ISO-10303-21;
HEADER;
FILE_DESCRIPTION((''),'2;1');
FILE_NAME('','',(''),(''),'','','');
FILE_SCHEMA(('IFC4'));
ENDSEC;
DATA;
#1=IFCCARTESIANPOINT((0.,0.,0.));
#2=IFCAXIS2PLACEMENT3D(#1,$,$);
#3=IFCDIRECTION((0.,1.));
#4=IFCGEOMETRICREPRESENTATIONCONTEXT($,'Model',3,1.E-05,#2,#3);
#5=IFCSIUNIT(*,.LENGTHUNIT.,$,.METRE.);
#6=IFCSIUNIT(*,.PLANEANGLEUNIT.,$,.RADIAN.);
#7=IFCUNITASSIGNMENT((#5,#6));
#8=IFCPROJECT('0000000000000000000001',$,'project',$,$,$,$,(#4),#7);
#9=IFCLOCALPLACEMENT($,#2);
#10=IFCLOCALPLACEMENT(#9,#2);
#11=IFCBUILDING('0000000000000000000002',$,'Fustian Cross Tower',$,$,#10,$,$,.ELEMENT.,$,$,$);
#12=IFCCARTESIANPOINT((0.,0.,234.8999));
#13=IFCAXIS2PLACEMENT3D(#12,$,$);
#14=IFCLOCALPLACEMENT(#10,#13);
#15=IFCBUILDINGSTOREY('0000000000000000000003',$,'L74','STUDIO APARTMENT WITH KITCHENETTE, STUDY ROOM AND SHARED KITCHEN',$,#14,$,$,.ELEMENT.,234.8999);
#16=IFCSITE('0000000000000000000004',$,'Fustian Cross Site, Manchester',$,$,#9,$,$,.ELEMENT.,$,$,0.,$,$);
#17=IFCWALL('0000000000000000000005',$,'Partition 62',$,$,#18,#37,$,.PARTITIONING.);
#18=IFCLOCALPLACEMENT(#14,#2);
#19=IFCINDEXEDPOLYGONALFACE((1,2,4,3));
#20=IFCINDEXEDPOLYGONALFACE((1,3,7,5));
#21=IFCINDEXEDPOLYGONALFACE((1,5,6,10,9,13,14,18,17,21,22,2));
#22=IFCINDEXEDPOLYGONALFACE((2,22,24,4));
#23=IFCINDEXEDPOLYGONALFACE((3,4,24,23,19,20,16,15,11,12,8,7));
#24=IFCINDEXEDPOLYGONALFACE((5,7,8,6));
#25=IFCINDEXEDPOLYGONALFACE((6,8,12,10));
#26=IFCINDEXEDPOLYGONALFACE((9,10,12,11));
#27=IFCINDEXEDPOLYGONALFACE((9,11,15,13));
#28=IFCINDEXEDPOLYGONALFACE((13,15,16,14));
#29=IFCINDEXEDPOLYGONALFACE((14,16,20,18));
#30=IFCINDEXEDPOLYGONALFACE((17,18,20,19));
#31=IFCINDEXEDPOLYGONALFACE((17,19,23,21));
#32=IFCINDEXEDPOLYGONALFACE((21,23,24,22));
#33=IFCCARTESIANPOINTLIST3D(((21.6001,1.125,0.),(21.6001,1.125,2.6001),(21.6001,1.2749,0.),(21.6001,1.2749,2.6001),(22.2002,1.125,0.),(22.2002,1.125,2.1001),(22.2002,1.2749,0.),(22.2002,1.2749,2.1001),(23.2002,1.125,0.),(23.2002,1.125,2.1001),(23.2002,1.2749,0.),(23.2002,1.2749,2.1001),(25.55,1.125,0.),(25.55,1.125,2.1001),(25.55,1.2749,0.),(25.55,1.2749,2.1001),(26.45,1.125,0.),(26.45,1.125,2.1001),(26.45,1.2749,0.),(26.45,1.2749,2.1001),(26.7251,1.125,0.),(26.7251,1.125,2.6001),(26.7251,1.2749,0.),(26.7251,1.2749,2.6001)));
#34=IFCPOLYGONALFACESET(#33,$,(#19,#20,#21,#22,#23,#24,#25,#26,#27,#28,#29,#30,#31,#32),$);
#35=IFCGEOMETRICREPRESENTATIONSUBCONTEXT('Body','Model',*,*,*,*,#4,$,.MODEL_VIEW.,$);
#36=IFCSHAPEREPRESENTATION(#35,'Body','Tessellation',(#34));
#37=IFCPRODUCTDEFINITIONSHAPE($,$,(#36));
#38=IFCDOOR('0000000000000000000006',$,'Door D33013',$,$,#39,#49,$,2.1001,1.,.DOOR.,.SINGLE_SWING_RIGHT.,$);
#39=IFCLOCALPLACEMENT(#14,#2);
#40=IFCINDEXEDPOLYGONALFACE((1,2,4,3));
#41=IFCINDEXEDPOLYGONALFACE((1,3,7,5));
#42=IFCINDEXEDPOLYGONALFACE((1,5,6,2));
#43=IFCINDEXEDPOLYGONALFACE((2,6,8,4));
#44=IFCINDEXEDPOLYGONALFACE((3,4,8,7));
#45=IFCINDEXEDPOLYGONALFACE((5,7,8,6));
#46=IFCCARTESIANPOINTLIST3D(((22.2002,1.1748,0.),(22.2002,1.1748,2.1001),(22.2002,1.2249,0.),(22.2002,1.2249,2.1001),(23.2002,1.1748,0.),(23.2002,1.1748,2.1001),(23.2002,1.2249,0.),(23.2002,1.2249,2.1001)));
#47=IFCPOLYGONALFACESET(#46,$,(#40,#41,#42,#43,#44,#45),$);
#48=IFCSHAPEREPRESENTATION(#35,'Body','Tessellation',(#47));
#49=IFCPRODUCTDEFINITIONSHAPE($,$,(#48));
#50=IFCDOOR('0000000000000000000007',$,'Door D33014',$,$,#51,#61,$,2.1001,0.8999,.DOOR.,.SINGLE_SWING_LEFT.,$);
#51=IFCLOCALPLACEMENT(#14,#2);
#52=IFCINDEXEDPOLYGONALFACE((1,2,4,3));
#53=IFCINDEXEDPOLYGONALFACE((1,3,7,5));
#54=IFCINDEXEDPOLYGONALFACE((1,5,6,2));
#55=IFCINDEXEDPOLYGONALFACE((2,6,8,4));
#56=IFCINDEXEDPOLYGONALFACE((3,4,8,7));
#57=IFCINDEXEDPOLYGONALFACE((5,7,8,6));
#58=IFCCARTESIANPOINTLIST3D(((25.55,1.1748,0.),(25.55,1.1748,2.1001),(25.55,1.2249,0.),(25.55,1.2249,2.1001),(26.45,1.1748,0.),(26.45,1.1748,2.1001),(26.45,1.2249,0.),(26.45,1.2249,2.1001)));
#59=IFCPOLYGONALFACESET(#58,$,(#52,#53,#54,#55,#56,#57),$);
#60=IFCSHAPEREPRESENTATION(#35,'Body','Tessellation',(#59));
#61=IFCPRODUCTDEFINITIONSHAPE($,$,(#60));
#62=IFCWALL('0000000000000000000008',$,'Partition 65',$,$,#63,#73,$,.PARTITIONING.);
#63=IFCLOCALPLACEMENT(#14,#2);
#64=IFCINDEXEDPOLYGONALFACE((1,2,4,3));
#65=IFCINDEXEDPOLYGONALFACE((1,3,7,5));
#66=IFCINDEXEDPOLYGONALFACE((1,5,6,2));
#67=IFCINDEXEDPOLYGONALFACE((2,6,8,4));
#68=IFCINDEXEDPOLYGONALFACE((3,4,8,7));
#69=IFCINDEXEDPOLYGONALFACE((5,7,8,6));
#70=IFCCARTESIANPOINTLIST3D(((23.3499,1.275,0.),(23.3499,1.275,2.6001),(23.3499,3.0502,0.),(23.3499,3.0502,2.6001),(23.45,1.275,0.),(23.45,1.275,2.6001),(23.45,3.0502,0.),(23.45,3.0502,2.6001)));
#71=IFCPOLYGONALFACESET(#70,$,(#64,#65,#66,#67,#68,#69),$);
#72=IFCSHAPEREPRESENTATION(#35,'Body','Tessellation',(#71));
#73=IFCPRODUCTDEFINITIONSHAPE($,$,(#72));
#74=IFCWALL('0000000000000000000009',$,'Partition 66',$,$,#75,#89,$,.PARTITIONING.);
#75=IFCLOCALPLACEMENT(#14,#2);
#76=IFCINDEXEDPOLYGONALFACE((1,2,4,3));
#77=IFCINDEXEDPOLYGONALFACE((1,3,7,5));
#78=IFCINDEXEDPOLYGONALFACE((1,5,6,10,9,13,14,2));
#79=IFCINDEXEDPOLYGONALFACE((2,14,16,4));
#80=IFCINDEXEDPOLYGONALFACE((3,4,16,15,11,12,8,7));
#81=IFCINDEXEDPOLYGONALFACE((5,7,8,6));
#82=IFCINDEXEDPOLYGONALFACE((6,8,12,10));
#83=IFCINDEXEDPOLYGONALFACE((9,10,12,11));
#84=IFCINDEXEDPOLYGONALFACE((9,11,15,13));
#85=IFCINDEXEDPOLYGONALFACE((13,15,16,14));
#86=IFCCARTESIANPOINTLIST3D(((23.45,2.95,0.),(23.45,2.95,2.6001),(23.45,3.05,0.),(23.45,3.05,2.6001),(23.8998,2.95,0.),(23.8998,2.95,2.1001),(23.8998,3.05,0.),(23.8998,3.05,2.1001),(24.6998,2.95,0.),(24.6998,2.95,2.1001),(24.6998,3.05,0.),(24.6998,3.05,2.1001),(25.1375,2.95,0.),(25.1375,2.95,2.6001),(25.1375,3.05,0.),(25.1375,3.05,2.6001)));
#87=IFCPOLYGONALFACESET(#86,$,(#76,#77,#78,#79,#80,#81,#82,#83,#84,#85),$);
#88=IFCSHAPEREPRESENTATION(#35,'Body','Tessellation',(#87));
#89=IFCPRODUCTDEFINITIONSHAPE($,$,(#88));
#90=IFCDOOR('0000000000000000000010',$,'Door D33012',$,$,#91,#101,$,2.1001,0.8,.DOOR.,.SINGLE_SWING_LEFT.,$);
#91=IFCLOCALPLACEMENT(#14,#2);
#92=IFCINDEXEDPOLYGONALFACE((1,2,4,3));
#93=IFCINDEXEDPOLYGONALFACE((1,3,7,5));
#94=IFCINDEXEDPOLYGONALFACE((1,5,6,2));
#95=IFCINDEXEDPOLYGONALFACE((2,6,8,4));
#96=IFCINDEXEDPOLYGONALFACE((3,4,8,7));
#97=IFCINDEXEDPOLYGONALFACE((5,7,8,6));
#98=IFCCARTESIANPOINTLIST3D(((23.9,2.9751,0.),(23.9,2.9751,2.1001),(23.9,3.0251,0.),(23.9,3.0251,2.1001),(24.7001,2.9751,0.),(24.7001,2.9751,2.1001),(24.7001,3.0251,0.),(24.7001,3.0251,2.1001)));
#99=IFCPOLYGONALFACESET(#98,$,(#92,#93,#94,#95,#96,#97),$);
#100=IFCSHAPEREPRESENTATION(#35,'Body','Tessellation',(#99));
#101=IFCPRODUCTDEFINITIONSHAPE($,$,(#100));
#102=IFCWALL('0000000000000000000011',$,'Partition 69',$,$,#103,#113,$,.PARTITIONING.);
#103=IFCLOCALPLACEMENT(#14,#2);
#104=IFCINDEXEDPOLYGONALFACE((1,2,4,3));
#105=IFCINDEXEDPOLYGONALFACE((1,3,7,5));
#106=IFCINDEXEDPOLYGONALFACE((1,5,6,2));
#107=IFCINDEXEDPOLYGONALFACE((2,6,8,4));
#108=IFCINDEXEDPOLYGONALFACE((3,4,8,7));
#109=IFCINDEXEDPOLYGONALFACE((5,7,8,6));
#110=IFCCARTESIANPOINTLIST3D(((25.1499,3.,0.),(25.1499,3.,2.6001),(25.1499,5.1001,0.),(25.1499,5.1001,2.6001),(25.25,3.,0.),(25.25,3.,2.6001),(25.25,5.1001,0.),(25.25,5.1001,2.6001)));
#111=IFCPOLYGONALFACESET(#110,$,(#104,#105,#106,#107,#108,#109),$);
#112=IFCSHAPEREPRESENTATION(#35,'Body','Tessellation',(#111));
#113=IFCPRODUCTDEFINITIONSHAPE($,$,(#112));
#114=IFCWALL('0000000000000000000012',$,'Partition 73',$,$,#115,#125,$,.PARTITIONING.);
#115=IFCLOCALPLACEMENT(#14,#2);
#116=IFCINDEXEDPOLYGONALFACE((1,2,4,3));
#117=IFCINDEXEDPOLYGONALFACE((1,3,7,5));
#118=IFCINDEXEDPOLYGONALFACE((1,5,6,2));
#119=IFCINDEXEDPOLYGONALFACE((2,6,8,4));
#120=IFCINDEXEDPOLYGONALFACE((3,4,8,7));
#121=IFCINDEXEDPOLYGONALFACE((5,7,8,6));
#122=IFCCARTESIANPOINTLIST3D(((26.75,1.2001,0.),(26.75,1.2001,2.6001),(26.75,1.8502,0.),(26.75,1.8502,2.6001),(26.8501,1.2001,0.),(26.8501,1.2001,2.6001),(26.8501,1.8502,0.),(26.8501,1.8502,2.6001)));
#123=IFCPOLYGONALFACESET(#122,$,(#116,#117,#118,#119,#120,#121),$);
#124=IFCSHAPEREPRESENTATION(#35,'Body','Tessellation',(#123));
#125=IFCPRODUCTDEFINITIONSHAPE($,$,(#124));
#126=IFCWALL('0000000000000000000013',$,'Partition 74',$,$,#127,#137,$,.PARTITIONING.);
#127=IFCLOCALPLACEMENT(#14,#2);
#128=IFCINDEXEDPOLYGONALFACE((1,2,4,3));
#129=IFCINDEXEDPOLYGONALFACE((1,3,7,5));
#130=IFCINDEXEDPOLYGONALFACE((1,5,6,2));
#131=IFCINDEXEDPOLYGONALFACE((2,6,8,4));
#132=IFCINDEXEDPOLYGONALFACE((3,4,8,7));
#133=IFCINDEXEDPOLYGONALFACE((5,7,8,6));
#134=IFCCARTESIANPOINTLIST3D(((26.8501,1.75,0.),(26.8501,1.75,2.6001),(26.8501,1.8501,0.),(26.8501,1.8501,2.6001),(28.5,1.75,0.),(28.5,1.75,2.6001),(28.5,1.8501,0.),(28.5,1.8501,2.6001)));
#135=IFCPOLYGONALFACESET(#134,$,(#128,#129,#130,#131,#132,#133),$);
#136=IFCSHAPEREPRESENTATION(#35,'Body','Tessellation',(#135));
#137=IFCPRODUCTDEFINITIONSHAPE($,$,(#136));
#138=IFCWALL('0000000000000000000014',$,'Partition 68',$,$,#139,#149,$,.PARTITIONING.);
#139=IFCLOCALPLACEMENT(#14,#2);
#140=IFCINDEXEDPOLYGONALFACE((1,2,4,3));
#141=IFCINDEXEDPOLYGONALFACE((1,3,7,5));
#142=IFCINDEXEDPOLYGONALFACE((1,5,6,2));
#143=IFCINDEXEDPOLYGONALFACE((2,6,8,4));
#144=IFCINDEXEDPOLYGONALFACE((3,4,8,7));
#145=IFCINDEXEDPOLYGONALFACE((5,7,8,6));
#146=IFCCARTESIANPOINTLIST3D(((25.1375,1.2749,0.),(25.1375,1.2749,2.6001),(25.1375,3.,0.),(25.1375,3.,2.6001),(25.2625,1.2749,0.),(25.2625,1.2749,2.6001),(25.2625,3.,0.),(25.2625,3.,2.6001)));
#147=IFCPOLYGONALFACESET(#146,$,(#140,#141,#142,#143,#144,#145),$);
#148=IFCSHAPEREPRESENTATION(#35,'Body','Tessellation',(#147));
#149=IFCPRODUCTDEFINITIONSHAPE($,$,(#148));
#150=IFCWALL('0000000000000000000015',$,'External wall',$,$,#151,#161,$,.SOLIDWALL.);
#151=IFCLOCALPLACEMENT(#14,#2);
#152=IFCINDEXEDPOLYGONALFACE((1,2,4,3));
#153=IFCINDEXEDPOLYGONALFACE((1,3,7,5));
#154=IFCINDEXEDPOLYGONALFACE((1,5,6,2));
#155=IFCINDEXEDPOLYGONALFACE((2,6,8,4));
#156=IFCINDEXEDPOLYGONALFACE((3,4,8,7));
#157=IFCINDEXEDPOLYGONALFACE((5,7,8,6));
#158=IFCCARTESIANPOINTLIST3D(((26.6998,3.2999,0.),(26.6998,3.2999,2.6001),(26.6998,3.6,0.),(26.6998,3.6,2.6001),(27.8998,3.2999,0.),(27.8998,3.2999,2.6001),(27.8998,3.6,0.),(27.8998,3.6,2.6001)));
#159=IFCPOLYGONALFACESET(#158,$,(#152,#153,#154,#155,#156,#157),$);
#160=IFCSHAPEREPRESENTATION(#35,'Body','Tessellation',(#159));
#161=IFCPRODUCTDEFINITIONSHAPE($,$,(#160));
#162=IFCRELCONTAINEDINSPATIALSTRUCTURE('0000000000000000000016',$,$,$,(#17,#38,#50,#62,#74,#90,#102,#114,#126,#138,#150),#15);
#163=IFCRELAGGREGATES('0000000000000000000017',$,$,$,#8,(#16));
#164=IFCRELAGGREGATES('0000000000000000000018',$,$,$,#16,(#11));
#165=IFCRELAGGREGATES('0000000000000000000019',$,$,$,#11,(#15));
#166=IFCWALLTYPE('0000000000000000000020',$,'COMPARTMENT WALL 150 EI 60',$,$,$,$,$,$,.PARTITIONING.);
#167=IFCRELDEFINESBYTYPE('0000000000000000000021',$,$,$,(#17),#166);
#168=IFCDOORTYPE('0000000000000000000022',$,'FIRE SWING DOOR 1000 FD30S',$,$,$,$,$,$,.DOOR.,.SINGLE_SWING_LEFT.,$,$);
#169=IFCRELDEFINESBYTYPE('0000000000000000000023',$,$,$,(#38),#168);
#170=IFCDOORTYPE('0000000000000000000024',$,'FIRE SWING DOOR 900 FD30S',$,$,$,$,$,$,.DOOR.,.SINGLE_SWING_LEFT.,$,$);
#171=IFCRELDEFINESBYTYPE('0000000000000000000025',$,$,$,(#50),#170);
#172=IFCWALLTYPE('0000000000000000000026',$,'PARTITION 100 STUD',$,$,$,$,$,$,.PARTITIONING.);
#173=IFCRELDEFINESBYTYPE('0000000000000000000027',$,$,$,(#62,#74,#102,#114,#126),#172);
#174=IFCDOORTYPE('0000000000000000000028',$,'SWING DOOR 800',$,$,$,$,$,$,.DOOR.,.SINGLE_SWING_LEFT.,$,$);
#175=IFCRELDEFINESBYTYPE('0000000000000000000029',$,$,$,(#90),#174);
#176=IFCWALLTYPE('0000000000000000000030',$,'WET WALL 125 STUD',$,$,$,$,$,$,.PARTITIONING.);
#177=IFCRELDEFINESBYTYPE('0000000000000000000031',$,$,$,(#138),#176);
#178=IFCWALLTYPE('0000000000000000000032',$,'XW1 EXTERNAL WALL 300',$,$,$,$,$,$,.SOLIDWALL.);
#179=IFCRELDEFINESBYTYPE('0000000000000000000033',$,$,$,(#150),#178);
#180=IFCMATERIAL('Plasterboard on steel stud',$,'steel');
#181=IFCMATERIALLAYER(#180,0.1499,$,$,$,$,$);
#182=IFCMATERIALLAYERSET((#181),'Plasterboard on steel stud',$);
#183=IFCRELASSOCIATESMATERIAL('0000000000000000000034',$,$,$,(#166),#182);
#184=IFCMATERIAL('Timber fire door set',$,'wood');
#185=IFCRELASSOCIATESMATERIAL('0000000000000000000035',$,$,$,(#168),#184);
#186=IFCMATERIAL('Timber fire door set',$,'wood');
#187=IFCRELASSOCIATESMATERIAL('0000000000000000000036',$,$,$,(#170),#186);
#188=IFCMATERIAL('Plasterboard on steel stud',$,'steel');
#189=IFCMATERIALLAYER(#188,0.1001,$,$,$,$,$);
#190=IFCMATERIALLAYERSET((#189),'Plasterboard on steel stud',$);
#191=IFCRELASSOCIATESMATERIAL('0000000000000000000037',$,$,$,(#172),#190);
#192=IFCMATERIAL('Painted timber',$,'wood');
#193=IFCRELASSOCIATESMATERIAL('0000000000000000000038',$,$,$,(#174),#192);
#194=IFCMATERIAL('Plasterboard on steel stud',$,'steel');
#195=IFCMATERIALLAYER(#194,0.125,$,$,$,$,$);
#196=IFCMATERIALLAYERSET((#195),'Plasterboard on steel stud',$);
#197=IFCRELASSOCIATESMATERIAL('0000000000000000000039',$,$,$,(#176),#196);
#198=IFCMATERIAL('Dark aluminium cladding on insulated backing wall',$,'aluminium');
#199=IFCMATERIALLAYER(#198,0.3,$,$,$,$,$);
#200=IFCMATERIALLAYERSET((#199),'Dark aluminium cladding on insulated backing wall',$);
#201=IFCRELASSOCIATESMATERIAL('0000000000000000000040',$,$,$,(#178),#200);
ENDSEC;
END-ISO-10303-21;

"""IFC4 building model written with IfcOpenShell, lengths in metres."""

from ifc_helpers import new_model, si_unit, direction, frame, frame_2d, origin, place, context, subcontext, project, spatial, rectangle, extrude, material, layer, layer_set, type_object, element, fill, save


model = new_model("IFC4")

# Units and contexts
model_context = context("Model", 3, precision=1e-05, world=origin(), true_north=direction((0.0, 1.0)))
body_context = subcontext(model_context, "Body", "Model", "MODEL_VIEW")
ifc_project = project(units=[si_unit("LENGTHUNIT", "METRE"), si_unit("PLANEANGLEUNIT", "RADIAN")], contexts=[model_context])

# Site, building, storey
site_placement = place(None, origin())
site = spatial("IfcSite", under=ifc_project, at=site_placement, Name="Fustian Cross Site, Manchester", CompositionType="ELEMENT", RefElevation=0.0)
building_placement = place(site_placement, origin())
building = spatial("IfcBuilding", under=site, at=building_placement, Name="Fustian Cross Tower", CompositionType="ELEMENT")
storey_placement = place(building_placement, frame((0.0, 0.0, 234.8999)))
storey = spatial("IfcBuildingStorey", under=building, at=storey_placement, Name="L74", Description="STUDIO APARTMENT WITH KITCHENETTE, STUDY ROOM AND SHARED KITCHEN", CompositionType="ELEMENT", Elevation=234.8999)

# Wall, openings, doors
ifc_material_1 = material(Name="Plasterboard on steel stud", Category="steel")
ifc_layer_1 = layer(ifc_material_1, 0.1499)
ifc_layer_set_1 = layer_set([ifc_layer_1], Name="Plasterboard on steel stud")
wall_type_1 = type_object("IfcWallType", Name="COMPARTMENT WALL 150 EI 60", PredefinedType="PARTITIONING", material=ifc_layer_set_1)
wall_1_placement = place(storey_placement, frame((21.6001, 1.2, 0.0), z_axis=(0.0, 0.0, 1.0), x_axis=(1.0, 0.0, 0.0)))
wall_1 = element("IfcWall", 1, at=wall_1_placement, inside=storey, type_object=wall_type_1, Name="Partition 62", PredefinedType="PARTITIONING", context=body_context, shape_type="SweptSolid", body=[
    extrude(rectangle(XDim=5.125, YDim=0.1499, at=frame_2d((2.5625, 0.0))), origin(), (0.0, 0.0, 1.0), 2.6001),
])
opening_1_placement = place(wall_1_placement, frame((0.6001, 0.0, 0.0)))
opening_1 = element("IfcOpeningElement", 2, at=opening_1_placement, cuts=wall_1, PredefinedType="OPENING", context=body_context, shape_type="SweptSolid", body=[
    extrude(rectangle(XDim=1.0, YDim=2.1001, at=frame_2d((0.5, 1.05))), frame((0.0, 0.085, 0.0), z_axis=(0.0, -1.0, 0.0), x_axis=(1.0, 0.0, 0.0)), (0.0, 0.0, 1.0), 0.1699),
])
opening_2_placement = place(wall_1_placement, frame((3.95, 0.0, 0.0)))
opening_2 = element("IfcOpeningElement", 3, at=opening_2_placement, cuts=wall_1, PredefinedType="OPENING", context=body_context, shape_type="SweptSolid", body=[
    extrude(rectangle(XDim=0.8999, YDim=2.1001, at=frame_2d((0.45, 1.05))), frame((0.0, 0.085, 0.0), z_axis=(0.0, -1.0, 0.0), x_axis=(1.0, 0.0, 0.0)), (0.0, 0.0, 1.0), 0.1699),
])
ifc_material_2 = material(Name="Timber fire door set", Category="wood")
door_type_1 = type_object("IfcDoorType", Name="FIRE SWING DOOR 1000 FD30S", OperationType="SINGLE_SWING_LEFT", PredefinedType="DOOR", material=ifc_material_2)
door_1_placement = place(opening_1_placement, origin())
door_1 = element("IfcDoor", 4, at=door_1_placement, inside=storey, type_object=door_type_1, Name="Door D33013", OperationType="SINGLE_SWING_RIGHT", OverallHeight=2.1001, OverallWidth=1.0, PredefinedType="DOOR", context=body_context, shape_type="SweptSolid", body=[
    extrude(rectangle(XDim=1.0, YDim=2.1001, at=frame_2d((0.5, 1.05))), frame((0.0, 0.0249, 0.0), z_axis=(0.0, -1.0, 0.0), x_axis=(1.0, 0.0, 0.0)), (0.0, 0.0, 1.0), 0.05),
])
fill(opening_1, door_1)
ifc_material_3 = material(Name="Timber fire door set", Category="wood")
door_type_2 = type_object("IfcDoorType", Name="FIRE SWING DOOR 900 FD30S", OperationType="SINGLE_SWING_LEFT", PredefinedType="DOOR", material=ifc_material_3)
door_2_placement = place(opening_2_placement, origin())
door_2 = element("IfcDoor", 5, at=door_2_placement, inside=storey, type_object=door_type_2, Name="Door D33014", OperationType="SINGLE_SWING_LEFT", OverallHeight=2.1001, OverallWidth=0.8999, PredefinedType="DOOR", context=body_context, shape_type="SweptSolid", body=[
    extrude(rectangle(XDim=0.8999, YDim=2.1001, at=frame_2d((0.45, 1.05))), frame((0.0, 0.0249, 0.0), z_axis=(0.0, -1.0, 0.0), x_axis=(1.0, 0.0, 0.0)), (0.0, 0.0, 1.0), 0.05),
])
fill(opening_2, door_2)

# Wall
ifc_material_4 = material(Name="Plasterboard on steel stud", Category="steel")
ifc_layer_2 = layer(ifc_material_4, 0.1001)
ifc_layer_set_2 = layer_set([ifc_layer_2], Name="Plasterboard on steel stud")
wall_type_2 = type_object("IfcWallType", Name="PARTITION 100 STUD", PredefinedType="PARTITIONING", material=ifc_layer_set_2)
wall_2_placement = place(storey_placement, frame((23.3999, 1.2749, 0.0), z_axis=(0.0, 0.0, 1.0), x_axis=(0.0, 1.0, 0.0)))
element("IfcWall", 6, at=wall_2_placement, inside=storey, type_object=wall_type_2, Name="Partition 65", PredefinedType="PARTITIONING", context=body_context, shape_type="SweptSolid", body=[
    extrude(rectangle(XDim=1.7751, YDim=0.1001, at=frame_2d((0.8877, 0.0))), origin(), (0.0, 0.0, 1.0), 2.6001),
])

# Wall, opening, door
wall_3_placement = place(storey_placement, frame((23.45, 3.0, 0.0), z_axis=(0.0, 0.0, 1.0), x_axis=(1.0, 0.0, 0.0)))
wall_3 = element("IfcWall", 7, at=wall_3_placement, inside=storey, type_object=wall_type_2, Name="Partition 66", PredefinedType="PARTITIONING", context=body_context, shape_type="SweptSolid", body=[
    extrude(rectangle(XDim=1.6875, YDim=0.1001, at=frame_2d((0.8438, 0.0))), origin(), (0.0, 0.0, 1.0), 2.6001),
])
opening_3_placement = place(wall_3_placement, frame((0.45, 0.0, 0.0)))
opening_3 = element("IfcOpeningElement", 8, at=opening_3_placement, cuts=wall_3, PredefinedType="OPENING", context=body_context, shape_type="SweptSolid", body=[
    extrude(rectangle(XDim=0.8, YDim=2.1001, at=frame_2d((0.3999, 1.05))), frame((0.0, 0.0601, 0.0), z_axis=(0.0, -1.0, 0.0), x_axis=(1.0, 0.0, 0.0)), (0.0, 0.0, 1.0), 0.1201),
])
ifc_material_5 = material(Name="Painted timber", Category="wood")
door_type_3 = type_object("IfcDoorType", Name="SWING DOOR 800", OperationType="SINGLE_SWING_LEFT", PredefinedType="DOOR", material=ifc_material_5)
door_3_placement = place(opening_3_placement, frame((0.8, 0.0, 0.0), z_axis=(0.0, 0.0, 1.0), x_axis=(-1.0, 0.0, 0.0)))
door_3 = element("IfcDoor", 9, at=door_3_placement, inside=storey, type_object=door_type_3, Name="Door D33012", OperationType="SINGLE_SWING_LEFT", OverallHeight=2.1001, OverallWidth=0.8, PredefinedType="DOOR", context=body_context, shape_type="SweptSolid", body=[
    extrude(rectangle(XDim=0.8, YDim=2.1001, at=frame_2d((0.3999, 1.05))), frame((0.0, 0.0249, 0.0), z_axis=(0.0, -1.0, 0.0), x_axis=(1.0, 0.0, 0.0)), (0.0, 0.0, 1.0), 0.05),
])
fill(opening_3, door_3)

# Walls
wall_4_placement = place(storey_placement, frame((25.2, 3.0, 0.0), z_axis=(0.0, 0.0, 1.0), x_axis=(0.0, 1.0, 0.0)))
element("IfcWall", 10, at=wall_4_placement, inside=storey, type_object=wall_type_2, Name="Partition 69", PredefinedType="PARTITIONING", context=body_context, shape_type="SweptSolid", body=[
    extrude(rectangle(XDim=2.1001, YDim=0.1001, at=frame_2d((1.05, 0.0))), origin(), (0.0, 0.0, 1.0), 2.6001),
])
wall_5_placement = place(storey_placement, frame((26.8, 1.2, 0.0), z_axis=(0.0, 0.0, 1.0), x_axis=(0.0, 1.0, 0.0)))
element("IfcWall", 11, at=wall_5_placement, inside=storey, type_object=wall_type_2, Name="Partition 73", PredefinedType="PARTITIONING", context=body_context, shape_type="SweptSolid", body=[
    extrude(rectangle(XDim=0.6501, YDim=0.1001, at=frame_2d((0.3252, 0.0))), origin(), (0.0, 0.0, 1.0), 2.6001),
])
wall_6_placement = place(storey_placement, frame((26.8501, 1.8, 0.0), z_axis=(0.0, 0.0, 1.0), x_axis=(1.0, 0.0, 0.0)))
element("IfcWall", 12, at=wall_6_placement, inside=storey, type_object=wall_type_2, Name="Partition 74", PredefinedType="PARTITIONING", context=body_context, shape_type="SweptSolid", body=[
    extrude(rectangle(XDim=1.6499, YDim=0.1001, at=frame_2d((0.825, 0.0))), origin(), (0.0, 0.0, 1.0), 2.6001),
])
ifc_material_6 = material(Name="Plasterboard on steel stud", Category="steel")
ifc_layer_3 = layer(ifc_material_6, 0.125)
ifc_layer_set_3 = layer_set([ifc_layer_3], Name="Plasterboard on steel stud")
wall_type_3 = type_object("IfcWallType", Name="WET WALL 125 STUD", PredefinedType="PARTITIONING", material=ifc_layer_set_3)
wall_7_placement = place(storey_placement, frame((25.2, 1.2749, 0.0), z_axis=(0.0, 0.0, 1.0), x_axis=(0.0, 1.0, 0.0)))
element("IfcWall", 13, at=wall_7_placement, inside=storey, type_object=wall_type_3, Name="Partition 68", PredefinedType="PARTITIONING", context=body_context, shape_type="SweptSolid", body=[
    extrude(rectangle(XDim=1.7251, YDim=0.125, at=frame_2d((0.8625, 0.0))), origin(), (0.0, 0.0, 1.0), 2.6001),
])
ifc_material_7 = material(Name="Dark aluminium cladding on insulated backing wall", Category="aluminium")
ifc_layer_4 = layer(ifc_material_7, 0.3)
ifc_layer_set_4 = layer_set([ifc_layer_4], Name="Dark aluminium cladding on insulated backing wall")
wall_type_4 = type_object("IfcWallType", Name="XW1 EXTERNAL WALL 300", PredefinedType="SOLIDWALL", material=ifc_layer_set_4)
wall_8_placement = place(storey_placement, frame((27.8999, 3.45, 0.0), z_axis=(0.0, 0.0, 1.0), x_axis=(-1.0, 0.0, 0.0)))
element("IfcWall", 14, at=wall_8_placement, inside=storey, type_object=wall_type_4, Name="External wall", PredefinedType="SOLIDWALL", context=body_context, shape_type="SweptSolid", body=[
    extrude(rectangle(XDim=1.2, YDim=0.3, at=frame_2d((0.6001, 0.0))), origin(), (0.0, 0.0, 1.0), 2.6001),
])

save(model, "model.ifc")
